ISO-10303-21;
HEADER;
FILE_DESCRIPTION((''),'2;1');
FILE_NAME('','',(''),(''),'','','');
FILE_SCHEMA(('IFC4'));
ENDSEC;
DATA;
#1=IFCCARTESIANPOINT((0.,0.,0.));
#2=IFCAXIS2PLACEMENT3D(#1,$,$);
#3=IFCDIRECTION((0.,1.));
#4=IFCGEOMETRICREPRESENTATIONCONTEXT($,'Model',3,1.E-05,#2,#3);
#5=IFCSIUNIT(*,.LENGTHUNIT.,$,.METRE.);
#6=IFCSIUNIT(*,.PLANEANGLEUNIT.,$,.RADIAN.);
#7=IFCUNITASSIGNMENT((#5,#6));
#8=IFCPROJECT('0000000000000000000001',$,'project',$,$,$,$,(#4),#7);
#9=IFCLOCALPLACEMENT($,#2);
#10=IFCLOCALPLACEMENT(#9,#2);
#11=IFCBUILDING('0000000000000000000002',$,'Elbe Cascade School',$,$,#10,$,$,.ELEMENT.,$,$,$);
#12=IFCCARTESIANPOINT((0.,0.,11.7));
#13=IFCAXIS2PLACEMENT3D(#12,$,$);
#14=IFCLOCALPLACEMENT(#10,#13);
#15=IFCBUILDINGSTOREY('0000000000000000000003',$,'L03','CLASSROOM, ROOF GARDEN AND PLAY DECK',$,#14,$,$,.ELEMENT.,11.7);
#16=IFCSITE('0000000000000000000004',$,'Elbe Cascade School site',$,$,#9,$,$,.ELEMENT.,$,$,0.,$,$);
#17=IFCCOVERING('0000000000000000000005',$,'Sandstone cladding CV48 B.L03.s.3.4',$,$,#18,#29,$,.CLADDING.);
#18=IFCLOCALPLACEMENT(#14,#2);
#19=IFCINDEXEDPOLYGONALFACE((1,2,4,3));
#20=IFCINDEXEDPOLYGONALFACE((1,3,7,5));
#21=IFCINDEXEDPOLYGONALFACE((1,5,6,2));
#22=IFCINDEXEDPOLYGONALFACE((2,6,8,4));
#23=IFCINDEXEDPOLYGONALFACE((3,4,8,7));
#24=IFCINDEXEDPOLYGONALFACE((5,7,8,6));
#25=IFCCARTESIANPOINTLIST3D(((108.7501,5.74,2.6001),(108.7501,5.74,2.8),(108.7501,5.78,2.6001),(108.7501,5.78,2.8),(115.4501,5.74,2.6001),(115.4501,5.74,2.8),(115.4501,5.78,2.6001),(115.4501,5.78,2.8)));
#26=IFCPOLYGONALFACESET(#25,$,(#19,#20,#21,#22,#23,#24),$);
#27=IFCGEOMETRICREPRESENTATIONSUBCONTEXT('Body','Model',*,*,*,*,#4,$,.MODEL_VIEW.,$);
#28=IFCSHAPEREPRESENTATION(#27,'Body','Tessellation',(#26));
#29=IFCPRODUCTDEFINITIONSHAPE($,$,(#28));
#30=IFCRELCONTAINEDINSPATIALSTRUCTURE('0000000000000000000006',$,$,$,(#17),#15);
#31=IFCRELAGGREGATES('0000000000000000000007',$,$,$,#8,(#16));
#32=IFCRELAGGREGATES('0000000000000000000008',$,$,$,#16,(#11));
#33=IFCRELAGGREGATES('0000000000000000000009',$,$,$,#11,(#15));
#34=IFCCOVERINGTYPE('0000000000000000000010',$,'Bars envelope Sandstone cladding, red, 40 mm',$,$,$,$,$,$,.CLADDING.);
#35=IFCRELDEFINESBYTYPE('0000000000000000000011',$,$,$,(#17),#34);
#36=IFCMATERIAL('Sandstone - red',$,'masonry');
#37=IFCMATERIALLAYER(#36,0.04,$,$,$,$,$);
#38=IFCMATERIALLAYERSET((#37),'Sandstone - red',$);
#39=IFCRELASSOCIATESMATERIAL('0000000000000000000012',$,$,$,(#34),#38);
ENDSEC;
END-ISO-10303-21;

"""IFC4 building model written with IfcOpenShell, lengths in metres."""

from ifc_helpers import new_model, si_unit, direction, frame, origin, origin_2d, place, context, subcontext, project, spatial, rectangle, extrude, material, layer, layer_set, type_object, element, save


model = new_model("IFC4")

# Units and contexts
model_context = context("Model", 3, precision=1e-05, world=origin(), true_north=direction((0.0, 1.0)))
body_context = subcontext(model_context, "Body", "Model", "MODEL_VIEW")
ifc_project = project(units=[si_unit("LENGTHUNIT", "METRE"), si_unit("PLANEANGLEUNIT", "RADIAN")], contexts=[model_context])

# Site, building, storey
site_placement = place(None, origin())
site = spatial("IfcSite", under=ifc_project, at=site_placement, Name="Elbe Cascade School site", CompositionType="ELEMENT", RefElevation=0.0)
building_placement = place(site_placement, origin())
building = spatial("IfcBuilding", under=site, at=building_placement, Name="Elbe Cascade School", CompositionType="ELEMENT")
storey_placement = place(building_placement, frame((0.0, 0.0, 11.7)))
storey = spatial("IfcBuildingStorey", under=building, at=storey_placement, Name="L03", Description="CLASSROOM, ROOF GARDEN AND PLAY DECK", CompositionType="ELEMENT", Elevation=11.7)

# Covering
ifc_material_1 = material(Name="Sandstone - red", Category="masonry")
ifc_layer_1 = layer(ifc_material_1, 0.04)
ifc_layer_set_1 = layer_set([ifc_layer_1], Name="Sandstone - red")
covering_type_1 = type_object("IfcCoveringType", Name="Bars envelope Sandstone cladding, red, 40 mm", PredefinedType="CLADDING", material=ifc_layer_set_1)
covering_1_placement = place(storey_placement, frame((112.1001, 5.76, 2.6001), z_axis=(0.0, 0.0, 1.0), x_axis=(1.0, 0.0, 0.0)))
element("IfcCovering", 1, at=covering_1_placement, inside=storey, type_object=covering_type_1, Name="Sandstone cladding CV48 B.L03.s.3.4", PredefinedType="CLADDING", context=body_context, shape_type="SweptSolid", body=[
    extrude(rectangle(XDim=6.7, YDim=0.04, at=origin_2d()), origin(), (0.0, 0.0, 1.0), 0.2),
])

save(model, "model.ifc")
